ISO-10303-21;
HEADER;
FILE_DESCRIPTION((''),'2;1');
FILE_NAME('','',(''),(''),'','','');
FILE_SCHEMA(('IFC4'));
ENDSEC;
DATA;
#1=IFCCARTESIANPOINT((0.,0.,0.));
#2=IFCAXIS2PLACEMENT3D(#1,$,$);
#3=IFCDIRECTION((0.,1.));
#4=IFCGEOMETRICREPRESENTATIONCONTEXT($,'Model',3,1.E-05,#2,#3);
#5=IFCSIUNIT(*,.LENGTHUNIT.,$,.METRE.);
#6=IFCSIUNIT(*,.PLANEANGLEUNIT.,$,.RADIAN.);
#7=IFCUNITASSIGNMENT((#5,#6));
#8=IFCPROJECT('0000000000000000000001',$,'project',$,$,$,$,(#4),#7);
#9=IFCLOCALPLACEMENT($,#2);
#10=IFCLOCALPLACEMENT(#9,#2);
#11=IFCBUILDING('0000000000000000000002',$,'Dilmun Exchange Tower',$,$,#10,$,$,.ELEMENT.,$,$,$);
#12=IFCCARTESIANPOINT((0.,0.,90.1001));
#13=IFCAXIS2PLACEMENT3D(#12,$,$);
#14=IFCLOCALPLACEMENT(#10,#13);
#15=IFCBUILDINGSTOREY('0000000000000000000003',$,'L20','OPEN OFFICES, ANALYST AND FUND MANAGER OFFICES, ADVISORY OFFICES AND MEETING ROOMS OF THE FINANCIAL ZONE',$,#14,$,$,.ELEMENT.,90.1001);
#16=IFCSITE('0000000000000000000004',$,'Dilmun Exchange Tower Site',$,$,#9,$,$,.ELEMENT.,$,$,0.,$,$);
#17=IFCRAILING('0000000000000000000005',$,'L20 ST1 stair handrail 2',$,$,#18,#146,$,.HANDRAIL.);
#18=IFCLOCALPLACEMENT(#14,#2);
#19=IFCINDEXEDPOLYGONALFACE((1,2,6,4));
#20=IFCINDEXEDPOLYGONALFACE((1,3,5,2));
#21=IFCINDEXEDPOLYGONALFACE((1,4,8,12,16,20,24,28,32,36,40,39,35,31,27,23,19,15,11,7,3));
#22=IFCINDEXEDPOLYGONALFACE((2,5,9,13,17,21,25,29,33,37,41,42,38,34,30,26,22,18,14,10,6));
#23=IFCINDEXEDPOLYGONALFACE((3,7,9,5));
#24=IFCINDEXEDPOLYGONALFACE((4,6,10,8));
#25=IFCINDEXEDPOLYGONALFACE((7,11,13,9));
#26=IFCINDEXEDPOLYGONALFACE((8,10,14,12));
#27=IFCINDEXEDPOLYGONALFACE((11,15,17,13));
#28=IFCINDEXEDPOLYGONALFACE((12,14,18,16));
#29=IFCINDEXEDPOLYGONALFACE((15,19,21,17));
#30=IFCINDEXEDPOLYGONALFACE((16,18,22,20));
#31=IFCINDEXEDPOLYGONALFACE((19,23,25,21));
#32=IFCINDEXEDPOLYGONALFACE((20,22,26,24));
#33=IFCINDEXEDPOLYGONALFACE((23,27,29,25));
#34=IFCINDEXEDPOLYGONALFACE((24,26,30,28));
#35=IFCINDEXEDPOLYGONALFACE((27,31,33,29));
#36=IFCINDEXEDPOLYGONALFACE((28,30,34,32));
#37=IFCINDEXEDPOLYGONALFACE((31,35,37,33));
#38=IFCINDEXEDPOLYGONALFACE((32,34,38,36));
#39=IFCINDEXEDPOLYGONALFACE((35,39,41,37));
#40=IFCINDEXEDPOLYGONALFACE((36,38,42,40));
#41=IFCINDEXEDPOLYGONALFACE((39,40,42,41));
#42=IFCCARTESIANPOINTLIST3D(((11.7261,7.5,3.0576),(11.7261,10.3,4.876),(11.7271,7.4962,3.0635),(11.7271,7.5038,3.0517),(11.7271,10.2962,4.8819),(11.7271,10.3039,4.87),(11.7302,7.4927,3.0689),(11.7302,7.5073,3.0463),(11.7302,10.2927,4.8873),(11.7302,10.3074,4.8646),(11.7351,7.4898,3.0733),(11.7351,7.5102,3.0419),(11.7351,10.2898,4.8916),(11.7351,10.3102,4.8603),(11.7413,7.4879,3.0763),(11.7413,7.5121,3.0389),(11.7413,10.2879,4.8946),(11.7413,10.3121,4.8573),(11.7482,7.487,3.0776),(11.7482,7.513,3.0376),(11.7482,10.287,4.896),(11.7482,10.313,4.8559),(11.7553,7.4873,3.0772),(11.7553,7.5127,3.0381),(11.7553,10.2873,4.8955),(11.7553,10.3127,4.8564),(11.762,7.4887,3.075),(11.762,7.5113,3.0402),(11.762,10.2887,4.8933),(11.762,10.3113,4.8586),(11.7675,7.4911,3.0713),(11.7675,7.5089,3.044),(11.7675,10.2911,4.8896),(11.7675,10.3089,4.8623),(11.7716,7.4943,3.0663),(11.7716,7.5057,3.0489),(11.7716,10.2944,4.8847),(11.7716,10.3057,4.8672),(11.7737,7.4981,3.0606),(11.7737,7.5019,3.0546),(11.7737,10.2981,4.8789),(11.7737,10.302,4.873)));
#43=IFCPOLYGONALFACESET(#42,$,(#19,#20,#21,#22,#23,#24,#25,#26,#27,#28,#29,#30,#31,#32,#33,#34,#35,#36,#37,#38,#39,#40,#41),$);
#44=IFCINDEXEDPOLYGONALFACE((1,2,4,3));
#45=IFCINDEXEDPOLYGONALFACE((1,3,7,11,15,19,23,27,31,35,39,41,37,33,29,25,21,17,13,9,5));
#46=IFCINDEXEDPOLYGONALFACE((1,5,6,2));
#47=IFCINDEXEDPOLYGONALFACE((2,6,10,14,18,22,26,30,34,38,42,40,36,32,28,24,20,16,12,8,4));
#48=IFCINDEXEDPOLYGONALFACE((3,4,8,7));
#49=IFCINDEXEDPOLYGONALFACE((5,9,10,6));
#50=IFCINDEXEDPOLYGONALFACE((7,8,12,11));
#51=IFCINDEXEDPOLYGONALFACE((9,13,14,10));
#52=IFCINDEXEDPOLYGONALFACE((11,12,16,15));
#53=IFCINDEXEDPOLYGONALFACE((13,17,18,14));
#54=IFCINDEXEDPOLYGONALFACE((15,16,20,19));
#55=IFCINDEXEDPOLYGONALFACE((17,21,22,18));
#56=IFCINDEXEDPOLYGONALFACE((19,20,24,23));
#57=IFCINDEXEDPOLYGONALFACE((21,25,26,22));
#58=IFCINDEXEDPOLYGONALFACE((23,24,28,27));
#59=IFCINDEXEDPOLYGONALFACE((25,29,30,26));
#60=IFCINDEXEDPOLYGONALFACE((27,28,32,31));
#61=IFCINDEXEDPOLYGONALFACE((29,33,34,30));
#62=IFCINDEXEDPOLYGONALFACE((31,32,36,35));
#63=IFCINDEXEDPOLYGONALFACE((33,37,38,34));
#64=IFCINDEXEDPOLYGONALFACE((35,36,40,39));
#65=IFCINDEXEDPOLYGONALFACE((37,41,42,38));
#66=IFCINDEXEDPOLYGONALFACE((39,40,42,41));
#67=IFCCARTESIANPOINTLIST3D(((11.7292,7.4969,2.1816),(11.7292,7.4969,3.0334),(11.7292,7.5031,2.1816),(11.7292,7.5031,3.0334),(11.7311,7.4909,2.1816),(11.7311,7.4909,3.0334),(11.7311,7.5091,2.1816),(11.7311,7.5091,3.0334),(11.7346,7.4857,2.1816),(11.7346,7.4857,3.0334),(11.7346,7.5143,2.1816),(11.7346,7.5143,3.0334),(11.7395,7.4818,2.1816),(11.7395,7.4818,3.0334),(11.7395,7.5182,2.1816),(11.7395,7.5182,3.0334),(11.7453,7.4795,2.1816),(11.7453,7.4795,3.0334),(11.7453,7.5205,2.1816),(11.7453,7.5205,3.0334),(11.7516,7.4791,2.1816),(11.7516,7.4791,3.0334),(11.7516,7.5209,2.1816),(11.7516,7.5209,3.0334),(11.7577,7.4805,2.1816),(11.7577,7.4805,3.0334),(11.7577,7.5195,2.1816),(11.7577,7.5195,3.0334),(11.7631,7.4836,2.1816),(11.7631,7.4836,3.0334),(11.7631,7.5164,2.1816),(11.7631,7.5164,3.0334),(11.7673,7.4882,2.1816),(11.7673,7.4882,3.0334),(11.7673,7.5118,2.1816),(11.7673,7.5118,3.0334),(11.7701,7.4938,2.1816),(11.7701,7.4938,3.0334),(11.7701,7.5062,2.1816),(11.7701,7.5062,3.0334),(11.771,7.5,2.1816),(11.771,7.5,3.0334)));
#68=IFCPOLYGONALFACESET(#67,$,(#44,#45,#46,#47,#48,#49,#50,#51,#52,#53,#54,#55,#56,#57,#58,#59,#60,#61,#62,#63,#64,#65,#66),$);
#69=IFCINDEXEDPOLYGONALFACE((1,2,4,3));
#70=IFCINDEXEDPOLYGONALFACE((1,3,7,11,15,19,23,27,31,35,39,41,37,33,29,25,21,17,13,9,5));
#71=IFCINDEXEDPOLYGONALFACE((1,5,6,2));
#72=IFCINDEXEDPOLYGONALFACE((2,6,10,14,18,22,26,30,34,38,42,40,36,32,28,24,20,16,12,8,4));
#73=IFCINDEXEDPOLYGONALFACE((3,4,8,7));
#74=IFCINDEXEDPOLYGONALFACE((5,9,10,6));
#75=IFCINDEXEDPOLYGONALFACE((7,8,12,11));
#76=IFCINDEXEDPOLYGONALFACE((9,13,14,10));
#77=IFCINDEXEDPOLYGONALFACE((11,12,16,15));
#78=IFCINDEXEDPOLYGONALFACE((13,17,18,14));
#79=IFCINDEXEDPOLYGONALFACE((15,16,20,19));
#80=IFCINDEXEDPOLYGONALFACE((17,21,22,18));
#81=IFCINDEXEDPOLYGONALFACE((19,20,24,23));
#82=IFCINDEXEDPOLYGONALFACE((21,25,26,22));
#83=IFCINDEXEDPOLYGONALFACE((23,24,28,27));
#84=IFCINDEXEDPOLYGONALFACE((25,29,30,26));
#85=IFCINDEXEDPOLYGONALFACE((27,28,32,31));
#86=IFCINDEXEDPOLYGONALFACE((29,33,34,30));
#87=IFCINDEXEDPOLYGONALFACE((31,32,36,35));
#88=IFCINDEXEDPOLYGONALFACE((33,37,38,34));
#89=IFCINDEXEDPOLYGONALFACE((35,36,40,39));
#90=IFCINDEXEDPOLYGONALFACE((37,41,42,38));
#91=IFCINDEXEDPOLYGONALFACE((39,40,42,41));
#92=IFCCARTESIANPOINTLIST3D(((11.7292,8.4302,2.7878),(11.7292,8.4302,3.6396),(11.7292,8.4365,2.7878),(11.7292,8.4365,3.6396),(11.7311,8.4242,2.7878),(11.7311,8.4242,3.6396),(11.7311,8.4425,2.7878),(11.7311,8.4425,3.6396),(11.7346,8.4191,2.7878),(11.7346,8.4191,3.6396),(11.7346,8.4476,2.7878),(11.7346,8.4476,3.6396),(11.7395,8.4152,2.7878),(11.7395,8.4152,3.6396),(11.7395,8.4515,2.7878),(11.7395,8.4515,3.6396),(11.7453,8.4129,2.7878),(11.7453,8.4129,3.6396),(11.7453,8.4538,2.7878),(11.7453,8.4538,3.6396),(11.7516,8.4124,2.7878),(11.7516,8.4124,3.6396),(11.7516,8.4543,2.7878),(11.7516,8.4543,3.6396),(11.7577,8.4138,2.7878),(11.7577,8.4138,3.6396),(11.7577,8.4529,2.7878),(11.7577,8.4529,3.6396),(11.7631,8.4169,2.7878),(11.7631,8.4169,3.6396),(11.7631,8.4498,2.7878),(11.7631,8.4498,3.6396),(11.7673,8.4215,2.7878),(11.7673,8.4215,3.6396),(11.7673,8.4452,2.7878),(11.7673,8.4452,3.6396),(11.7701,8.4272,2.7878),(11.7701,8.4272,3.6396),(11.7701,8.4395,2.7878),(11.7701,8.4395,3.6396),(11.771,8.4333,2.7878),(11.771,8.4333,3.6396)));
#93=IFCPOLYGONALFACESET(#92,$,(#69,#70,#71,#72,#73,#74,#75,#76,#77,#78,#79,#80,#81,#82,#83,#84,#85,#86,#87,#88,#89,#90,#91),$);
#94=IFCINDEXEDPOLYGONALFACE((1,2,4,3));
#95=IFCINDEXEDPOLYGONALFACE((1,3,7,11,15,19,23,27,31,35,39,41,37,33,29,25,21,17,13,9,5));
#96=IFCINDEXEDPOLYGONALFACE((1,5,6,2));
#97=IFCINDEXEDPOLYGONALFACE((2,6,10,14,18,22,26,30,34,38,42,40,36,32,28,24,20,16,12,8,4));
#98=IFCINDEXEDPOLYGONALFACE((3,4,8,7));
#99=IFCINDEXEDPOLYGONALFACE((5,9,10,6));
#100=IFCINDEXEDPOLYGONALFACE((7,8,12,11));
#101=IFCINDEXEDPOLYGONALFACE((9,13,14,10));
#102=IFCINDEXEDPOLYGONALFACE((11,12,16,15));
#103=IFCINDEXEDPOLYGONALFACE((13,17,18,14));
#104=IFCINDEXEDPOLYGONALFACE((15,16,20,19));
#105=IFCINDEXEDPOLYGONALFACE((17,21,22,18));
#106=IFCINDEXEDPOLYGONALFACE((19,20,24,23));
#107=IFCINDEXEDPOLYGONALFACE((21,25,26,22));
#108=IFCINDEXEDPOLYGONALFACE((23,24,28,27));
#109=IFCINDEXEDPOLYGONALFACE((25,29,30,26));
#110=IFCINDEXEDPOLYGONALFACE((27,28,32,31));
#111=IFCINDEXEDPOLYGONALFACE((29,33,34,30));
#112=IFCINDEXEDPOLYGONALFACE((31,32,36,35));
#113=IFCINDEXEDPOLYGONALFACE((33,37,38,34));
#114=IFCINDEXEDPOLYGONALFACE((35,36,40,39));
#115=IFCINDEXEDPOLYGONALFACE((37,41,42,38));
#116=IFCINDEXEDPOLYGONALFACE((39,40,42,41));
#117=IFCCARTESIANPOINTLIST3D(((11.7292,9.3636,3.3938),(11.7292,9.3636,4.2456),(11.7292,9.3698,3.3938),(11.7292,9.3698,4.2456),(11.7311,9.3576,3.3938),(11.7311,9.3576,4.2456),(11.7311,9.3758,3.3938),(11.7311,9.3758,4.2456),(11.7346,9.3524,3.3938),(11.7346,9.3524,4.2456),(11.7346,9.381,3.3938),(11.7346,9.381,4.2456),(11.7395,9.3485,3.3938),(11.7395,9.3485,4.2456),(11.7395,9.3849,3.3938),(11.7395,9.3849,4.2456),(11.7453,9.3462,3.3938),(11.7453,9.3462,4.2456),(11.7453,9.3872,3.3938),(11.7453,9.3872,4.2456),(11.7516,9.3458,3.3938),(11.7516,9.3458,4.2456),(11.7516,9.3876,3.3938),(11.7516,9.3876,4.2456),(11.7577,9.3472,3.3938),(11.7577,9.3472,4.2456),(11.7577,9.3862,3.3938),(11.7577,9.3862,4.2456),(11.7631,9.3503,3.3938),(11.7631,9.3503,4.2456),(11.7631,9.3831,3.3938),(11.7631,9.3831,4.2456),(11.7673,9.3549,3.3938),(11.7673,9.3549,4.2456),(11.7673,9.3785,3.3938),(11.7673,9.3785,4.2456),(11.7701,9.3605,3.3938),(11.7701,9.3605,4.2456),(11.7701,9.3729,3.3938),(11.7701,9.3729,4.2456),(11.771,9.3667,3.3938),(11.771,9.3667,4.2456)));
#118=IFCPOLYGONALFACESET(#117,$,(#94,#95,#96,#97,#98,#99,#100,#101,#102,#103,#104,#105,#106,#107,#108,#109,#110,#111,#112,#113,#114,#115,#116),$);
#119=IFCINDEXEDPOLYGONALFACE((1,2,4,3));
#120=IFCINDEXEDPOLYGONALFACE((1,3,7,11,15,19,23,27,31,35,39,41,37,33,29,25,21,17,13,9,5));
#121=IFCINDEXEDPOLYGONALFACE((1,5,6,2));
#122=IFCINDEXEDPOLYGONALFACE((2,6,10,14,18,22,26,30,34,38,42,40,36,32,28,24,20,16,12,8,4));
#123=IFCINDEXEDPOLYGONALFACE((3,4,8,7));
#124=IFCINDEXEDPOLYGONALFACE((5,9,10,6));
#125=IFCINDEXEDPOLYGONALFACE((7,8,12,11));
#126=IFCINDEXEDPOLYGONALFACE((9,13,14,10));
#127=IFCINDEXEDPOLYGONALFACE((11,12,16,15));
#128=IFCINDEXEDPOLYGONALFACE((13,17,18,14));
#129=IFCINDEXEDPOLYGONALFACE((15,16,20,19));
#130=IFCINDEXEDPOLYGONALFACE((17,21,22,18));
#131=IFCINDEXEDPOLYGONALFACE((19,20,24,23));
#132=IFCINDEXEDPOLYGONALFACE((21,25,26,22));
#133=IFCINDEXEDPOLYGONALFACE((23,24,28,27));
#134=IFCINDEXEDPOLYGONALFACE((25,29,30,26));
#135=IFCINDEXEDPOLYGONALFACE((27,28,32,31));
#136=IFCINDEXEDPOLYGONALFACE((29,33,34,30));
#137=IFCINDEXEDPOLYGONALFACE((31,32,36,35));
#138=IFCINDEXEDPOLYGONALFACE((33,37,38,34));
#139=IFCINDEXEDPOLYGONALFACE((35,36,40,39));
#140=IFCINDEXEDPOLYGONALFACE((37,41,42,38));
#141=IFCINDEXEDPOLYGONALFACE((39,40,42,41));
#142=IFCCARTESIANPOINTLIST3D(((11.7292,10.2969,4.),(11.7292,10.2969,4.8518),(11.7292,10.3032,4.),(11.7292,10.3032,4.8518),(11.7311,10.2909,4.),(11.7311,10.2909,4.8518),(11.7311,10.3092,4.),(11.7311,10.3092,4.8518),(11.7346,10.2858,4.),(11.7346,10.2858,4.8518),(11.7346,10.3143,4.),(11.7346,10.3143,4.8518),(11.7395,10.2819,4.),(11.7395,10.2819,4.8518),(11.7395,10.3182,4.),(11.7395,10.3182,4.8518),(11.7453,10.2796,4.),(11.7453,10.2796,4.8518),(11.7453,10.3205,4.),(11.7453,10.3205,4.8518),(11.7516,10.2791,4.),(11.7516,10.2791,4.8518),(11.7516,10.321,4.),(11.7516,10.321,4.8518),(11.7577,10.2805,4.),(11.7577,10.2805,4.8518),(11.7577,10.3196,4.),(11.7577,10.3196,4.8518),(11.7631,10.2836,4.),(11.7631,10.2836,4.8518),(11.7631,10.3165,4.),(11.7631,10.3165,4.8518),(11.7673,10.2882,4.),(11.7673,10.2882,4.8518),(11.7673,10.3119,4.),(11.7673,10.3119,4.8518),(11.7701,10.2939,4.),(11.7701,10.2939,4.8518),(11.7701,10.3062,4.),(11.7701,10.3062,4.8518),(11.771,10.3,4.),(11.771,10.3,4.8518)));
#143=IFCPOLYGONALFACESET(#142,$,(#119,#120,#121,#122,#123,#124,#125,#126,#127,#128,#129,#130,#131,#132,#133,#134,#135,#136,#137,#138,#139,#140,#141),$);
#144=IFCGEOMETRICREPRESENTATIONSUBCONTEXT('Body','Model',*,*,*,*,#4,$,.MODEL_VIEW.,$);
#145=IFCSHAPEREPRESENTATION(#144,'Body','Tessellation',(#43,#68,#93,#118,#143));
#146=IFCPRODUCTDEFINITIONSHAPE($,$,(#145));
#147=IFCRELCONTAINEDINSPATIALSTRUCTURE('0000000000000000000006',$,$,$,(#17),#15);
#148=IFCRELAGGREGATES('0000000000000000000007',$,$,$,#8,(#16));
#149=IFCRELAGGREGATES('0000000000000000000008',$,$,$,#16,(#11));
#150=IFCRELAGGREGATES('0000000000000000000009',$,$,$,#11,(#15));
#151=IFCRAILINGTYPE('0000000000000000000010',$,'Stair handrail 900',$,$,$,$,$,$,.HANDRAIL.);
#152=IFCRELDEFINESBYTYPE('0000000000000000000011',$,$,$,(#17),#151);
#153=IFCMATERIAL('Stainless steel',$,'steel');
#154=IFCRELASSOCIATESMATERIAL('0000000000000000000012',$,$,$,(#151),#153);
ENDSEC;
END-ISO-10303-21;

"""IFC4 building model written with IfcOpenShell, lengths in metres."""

from ifc_helpers import new_model, si_unit, direction, frame, origin, origin_2d, place, context, subcontext, project, spatial, circle, extrude, material, type_object, element, save


model = new_model("IFC4")

# Units and contexts
model_context = context("Model", 3, precision=1e-05, world=origin(), true_north=direction((0.0, 1.0)))
body_context = subcontext(model_context, "Body", "Model", "MODEL_VIEW")
ifc_project = project(units=[si_unit("LENGTHUNIT", "METRE"), si_unit("PLANEANGLEUNIT", "RADIAN")], contexts=[model_context])

# Site, building, storey
site_placement = place(None, origin())
site = spatial("IfcSite", under=ifc_project, at=site_placement, Name="Dilmun Exchange Tower Site", CompositionType="ELEMENT", RefElevation=0.0)
building_placement = place(site_placement, origin())
building = spatial("IfcBuilding", under=site, at=building_placement, Name="Dilmun Exchange Tower", CompositionType="ELEMENT")
storey_placement = place(building_placement, frame((0.0, 0.0, 90.1001)))
storey = spatial("IfcBuildingStorey", under=building, at=storey_placement, Name="L20", Description="OPEN OFFICES, ANALYST AND FUND MANAGER OFFICES, ADVISORY OFFICES AND MEETING ROOMS OF THE FINANCIAL ZONE", CompositionType="ELEMENT", Elevation=90.1001)

# Railing
ifc_material_1 = material(Name="Stainless steel", Category="steel")
railing_type = type_object("IfcRailingType", Name="Stair handrail 900", PredefinedType="HANDRAIL", material=ifc_material_1)
railing_1_placement = place(storey_placement, frame((11.75, 7.5, 2.1816)))
element("IfcRailing", 1, at=railing_1_placement, inside=storey, type_object=railing_type, Name="L20 ST1 stair handrail 2", PredefinedType="HANDRAIL", context=body_context, shape_type="SweptSolid", body=[
    extrude(circle(Radius=0.0239, at=origin_2d()), frame((0.0, 0.0, 0.876), z_axis=(0.0, 0.838672, 0.544636), x_axis=(-1.0, 0.0, 0.0)), (0.0, 0.0, 1.0), 3.3386),
    extrude(circle(Radius=0.021, at=origin_2d()), origin(), (0.0, 0.0, 1.0), 0.8518),
    extrude(circle(Radius=0.021, at=origin_2d()), frame((0.0, 0.9333, 0.6062)), (0.0, 0.0, 1.0), 0.8518),
    extrude(circle(Radius=0.021, at=origin_2d()), frame((0.0, 1.8667, 1.2122)), (0.0, 0.0, 1.0), 0.8518),
    extrude(circle(Radius=0.021, at=origin_2d()), frame((0.0, 2.8, 1.8184)), (0.0, 0.0, 1.0), 0.8518),
])

save(model, "model.ifc")
